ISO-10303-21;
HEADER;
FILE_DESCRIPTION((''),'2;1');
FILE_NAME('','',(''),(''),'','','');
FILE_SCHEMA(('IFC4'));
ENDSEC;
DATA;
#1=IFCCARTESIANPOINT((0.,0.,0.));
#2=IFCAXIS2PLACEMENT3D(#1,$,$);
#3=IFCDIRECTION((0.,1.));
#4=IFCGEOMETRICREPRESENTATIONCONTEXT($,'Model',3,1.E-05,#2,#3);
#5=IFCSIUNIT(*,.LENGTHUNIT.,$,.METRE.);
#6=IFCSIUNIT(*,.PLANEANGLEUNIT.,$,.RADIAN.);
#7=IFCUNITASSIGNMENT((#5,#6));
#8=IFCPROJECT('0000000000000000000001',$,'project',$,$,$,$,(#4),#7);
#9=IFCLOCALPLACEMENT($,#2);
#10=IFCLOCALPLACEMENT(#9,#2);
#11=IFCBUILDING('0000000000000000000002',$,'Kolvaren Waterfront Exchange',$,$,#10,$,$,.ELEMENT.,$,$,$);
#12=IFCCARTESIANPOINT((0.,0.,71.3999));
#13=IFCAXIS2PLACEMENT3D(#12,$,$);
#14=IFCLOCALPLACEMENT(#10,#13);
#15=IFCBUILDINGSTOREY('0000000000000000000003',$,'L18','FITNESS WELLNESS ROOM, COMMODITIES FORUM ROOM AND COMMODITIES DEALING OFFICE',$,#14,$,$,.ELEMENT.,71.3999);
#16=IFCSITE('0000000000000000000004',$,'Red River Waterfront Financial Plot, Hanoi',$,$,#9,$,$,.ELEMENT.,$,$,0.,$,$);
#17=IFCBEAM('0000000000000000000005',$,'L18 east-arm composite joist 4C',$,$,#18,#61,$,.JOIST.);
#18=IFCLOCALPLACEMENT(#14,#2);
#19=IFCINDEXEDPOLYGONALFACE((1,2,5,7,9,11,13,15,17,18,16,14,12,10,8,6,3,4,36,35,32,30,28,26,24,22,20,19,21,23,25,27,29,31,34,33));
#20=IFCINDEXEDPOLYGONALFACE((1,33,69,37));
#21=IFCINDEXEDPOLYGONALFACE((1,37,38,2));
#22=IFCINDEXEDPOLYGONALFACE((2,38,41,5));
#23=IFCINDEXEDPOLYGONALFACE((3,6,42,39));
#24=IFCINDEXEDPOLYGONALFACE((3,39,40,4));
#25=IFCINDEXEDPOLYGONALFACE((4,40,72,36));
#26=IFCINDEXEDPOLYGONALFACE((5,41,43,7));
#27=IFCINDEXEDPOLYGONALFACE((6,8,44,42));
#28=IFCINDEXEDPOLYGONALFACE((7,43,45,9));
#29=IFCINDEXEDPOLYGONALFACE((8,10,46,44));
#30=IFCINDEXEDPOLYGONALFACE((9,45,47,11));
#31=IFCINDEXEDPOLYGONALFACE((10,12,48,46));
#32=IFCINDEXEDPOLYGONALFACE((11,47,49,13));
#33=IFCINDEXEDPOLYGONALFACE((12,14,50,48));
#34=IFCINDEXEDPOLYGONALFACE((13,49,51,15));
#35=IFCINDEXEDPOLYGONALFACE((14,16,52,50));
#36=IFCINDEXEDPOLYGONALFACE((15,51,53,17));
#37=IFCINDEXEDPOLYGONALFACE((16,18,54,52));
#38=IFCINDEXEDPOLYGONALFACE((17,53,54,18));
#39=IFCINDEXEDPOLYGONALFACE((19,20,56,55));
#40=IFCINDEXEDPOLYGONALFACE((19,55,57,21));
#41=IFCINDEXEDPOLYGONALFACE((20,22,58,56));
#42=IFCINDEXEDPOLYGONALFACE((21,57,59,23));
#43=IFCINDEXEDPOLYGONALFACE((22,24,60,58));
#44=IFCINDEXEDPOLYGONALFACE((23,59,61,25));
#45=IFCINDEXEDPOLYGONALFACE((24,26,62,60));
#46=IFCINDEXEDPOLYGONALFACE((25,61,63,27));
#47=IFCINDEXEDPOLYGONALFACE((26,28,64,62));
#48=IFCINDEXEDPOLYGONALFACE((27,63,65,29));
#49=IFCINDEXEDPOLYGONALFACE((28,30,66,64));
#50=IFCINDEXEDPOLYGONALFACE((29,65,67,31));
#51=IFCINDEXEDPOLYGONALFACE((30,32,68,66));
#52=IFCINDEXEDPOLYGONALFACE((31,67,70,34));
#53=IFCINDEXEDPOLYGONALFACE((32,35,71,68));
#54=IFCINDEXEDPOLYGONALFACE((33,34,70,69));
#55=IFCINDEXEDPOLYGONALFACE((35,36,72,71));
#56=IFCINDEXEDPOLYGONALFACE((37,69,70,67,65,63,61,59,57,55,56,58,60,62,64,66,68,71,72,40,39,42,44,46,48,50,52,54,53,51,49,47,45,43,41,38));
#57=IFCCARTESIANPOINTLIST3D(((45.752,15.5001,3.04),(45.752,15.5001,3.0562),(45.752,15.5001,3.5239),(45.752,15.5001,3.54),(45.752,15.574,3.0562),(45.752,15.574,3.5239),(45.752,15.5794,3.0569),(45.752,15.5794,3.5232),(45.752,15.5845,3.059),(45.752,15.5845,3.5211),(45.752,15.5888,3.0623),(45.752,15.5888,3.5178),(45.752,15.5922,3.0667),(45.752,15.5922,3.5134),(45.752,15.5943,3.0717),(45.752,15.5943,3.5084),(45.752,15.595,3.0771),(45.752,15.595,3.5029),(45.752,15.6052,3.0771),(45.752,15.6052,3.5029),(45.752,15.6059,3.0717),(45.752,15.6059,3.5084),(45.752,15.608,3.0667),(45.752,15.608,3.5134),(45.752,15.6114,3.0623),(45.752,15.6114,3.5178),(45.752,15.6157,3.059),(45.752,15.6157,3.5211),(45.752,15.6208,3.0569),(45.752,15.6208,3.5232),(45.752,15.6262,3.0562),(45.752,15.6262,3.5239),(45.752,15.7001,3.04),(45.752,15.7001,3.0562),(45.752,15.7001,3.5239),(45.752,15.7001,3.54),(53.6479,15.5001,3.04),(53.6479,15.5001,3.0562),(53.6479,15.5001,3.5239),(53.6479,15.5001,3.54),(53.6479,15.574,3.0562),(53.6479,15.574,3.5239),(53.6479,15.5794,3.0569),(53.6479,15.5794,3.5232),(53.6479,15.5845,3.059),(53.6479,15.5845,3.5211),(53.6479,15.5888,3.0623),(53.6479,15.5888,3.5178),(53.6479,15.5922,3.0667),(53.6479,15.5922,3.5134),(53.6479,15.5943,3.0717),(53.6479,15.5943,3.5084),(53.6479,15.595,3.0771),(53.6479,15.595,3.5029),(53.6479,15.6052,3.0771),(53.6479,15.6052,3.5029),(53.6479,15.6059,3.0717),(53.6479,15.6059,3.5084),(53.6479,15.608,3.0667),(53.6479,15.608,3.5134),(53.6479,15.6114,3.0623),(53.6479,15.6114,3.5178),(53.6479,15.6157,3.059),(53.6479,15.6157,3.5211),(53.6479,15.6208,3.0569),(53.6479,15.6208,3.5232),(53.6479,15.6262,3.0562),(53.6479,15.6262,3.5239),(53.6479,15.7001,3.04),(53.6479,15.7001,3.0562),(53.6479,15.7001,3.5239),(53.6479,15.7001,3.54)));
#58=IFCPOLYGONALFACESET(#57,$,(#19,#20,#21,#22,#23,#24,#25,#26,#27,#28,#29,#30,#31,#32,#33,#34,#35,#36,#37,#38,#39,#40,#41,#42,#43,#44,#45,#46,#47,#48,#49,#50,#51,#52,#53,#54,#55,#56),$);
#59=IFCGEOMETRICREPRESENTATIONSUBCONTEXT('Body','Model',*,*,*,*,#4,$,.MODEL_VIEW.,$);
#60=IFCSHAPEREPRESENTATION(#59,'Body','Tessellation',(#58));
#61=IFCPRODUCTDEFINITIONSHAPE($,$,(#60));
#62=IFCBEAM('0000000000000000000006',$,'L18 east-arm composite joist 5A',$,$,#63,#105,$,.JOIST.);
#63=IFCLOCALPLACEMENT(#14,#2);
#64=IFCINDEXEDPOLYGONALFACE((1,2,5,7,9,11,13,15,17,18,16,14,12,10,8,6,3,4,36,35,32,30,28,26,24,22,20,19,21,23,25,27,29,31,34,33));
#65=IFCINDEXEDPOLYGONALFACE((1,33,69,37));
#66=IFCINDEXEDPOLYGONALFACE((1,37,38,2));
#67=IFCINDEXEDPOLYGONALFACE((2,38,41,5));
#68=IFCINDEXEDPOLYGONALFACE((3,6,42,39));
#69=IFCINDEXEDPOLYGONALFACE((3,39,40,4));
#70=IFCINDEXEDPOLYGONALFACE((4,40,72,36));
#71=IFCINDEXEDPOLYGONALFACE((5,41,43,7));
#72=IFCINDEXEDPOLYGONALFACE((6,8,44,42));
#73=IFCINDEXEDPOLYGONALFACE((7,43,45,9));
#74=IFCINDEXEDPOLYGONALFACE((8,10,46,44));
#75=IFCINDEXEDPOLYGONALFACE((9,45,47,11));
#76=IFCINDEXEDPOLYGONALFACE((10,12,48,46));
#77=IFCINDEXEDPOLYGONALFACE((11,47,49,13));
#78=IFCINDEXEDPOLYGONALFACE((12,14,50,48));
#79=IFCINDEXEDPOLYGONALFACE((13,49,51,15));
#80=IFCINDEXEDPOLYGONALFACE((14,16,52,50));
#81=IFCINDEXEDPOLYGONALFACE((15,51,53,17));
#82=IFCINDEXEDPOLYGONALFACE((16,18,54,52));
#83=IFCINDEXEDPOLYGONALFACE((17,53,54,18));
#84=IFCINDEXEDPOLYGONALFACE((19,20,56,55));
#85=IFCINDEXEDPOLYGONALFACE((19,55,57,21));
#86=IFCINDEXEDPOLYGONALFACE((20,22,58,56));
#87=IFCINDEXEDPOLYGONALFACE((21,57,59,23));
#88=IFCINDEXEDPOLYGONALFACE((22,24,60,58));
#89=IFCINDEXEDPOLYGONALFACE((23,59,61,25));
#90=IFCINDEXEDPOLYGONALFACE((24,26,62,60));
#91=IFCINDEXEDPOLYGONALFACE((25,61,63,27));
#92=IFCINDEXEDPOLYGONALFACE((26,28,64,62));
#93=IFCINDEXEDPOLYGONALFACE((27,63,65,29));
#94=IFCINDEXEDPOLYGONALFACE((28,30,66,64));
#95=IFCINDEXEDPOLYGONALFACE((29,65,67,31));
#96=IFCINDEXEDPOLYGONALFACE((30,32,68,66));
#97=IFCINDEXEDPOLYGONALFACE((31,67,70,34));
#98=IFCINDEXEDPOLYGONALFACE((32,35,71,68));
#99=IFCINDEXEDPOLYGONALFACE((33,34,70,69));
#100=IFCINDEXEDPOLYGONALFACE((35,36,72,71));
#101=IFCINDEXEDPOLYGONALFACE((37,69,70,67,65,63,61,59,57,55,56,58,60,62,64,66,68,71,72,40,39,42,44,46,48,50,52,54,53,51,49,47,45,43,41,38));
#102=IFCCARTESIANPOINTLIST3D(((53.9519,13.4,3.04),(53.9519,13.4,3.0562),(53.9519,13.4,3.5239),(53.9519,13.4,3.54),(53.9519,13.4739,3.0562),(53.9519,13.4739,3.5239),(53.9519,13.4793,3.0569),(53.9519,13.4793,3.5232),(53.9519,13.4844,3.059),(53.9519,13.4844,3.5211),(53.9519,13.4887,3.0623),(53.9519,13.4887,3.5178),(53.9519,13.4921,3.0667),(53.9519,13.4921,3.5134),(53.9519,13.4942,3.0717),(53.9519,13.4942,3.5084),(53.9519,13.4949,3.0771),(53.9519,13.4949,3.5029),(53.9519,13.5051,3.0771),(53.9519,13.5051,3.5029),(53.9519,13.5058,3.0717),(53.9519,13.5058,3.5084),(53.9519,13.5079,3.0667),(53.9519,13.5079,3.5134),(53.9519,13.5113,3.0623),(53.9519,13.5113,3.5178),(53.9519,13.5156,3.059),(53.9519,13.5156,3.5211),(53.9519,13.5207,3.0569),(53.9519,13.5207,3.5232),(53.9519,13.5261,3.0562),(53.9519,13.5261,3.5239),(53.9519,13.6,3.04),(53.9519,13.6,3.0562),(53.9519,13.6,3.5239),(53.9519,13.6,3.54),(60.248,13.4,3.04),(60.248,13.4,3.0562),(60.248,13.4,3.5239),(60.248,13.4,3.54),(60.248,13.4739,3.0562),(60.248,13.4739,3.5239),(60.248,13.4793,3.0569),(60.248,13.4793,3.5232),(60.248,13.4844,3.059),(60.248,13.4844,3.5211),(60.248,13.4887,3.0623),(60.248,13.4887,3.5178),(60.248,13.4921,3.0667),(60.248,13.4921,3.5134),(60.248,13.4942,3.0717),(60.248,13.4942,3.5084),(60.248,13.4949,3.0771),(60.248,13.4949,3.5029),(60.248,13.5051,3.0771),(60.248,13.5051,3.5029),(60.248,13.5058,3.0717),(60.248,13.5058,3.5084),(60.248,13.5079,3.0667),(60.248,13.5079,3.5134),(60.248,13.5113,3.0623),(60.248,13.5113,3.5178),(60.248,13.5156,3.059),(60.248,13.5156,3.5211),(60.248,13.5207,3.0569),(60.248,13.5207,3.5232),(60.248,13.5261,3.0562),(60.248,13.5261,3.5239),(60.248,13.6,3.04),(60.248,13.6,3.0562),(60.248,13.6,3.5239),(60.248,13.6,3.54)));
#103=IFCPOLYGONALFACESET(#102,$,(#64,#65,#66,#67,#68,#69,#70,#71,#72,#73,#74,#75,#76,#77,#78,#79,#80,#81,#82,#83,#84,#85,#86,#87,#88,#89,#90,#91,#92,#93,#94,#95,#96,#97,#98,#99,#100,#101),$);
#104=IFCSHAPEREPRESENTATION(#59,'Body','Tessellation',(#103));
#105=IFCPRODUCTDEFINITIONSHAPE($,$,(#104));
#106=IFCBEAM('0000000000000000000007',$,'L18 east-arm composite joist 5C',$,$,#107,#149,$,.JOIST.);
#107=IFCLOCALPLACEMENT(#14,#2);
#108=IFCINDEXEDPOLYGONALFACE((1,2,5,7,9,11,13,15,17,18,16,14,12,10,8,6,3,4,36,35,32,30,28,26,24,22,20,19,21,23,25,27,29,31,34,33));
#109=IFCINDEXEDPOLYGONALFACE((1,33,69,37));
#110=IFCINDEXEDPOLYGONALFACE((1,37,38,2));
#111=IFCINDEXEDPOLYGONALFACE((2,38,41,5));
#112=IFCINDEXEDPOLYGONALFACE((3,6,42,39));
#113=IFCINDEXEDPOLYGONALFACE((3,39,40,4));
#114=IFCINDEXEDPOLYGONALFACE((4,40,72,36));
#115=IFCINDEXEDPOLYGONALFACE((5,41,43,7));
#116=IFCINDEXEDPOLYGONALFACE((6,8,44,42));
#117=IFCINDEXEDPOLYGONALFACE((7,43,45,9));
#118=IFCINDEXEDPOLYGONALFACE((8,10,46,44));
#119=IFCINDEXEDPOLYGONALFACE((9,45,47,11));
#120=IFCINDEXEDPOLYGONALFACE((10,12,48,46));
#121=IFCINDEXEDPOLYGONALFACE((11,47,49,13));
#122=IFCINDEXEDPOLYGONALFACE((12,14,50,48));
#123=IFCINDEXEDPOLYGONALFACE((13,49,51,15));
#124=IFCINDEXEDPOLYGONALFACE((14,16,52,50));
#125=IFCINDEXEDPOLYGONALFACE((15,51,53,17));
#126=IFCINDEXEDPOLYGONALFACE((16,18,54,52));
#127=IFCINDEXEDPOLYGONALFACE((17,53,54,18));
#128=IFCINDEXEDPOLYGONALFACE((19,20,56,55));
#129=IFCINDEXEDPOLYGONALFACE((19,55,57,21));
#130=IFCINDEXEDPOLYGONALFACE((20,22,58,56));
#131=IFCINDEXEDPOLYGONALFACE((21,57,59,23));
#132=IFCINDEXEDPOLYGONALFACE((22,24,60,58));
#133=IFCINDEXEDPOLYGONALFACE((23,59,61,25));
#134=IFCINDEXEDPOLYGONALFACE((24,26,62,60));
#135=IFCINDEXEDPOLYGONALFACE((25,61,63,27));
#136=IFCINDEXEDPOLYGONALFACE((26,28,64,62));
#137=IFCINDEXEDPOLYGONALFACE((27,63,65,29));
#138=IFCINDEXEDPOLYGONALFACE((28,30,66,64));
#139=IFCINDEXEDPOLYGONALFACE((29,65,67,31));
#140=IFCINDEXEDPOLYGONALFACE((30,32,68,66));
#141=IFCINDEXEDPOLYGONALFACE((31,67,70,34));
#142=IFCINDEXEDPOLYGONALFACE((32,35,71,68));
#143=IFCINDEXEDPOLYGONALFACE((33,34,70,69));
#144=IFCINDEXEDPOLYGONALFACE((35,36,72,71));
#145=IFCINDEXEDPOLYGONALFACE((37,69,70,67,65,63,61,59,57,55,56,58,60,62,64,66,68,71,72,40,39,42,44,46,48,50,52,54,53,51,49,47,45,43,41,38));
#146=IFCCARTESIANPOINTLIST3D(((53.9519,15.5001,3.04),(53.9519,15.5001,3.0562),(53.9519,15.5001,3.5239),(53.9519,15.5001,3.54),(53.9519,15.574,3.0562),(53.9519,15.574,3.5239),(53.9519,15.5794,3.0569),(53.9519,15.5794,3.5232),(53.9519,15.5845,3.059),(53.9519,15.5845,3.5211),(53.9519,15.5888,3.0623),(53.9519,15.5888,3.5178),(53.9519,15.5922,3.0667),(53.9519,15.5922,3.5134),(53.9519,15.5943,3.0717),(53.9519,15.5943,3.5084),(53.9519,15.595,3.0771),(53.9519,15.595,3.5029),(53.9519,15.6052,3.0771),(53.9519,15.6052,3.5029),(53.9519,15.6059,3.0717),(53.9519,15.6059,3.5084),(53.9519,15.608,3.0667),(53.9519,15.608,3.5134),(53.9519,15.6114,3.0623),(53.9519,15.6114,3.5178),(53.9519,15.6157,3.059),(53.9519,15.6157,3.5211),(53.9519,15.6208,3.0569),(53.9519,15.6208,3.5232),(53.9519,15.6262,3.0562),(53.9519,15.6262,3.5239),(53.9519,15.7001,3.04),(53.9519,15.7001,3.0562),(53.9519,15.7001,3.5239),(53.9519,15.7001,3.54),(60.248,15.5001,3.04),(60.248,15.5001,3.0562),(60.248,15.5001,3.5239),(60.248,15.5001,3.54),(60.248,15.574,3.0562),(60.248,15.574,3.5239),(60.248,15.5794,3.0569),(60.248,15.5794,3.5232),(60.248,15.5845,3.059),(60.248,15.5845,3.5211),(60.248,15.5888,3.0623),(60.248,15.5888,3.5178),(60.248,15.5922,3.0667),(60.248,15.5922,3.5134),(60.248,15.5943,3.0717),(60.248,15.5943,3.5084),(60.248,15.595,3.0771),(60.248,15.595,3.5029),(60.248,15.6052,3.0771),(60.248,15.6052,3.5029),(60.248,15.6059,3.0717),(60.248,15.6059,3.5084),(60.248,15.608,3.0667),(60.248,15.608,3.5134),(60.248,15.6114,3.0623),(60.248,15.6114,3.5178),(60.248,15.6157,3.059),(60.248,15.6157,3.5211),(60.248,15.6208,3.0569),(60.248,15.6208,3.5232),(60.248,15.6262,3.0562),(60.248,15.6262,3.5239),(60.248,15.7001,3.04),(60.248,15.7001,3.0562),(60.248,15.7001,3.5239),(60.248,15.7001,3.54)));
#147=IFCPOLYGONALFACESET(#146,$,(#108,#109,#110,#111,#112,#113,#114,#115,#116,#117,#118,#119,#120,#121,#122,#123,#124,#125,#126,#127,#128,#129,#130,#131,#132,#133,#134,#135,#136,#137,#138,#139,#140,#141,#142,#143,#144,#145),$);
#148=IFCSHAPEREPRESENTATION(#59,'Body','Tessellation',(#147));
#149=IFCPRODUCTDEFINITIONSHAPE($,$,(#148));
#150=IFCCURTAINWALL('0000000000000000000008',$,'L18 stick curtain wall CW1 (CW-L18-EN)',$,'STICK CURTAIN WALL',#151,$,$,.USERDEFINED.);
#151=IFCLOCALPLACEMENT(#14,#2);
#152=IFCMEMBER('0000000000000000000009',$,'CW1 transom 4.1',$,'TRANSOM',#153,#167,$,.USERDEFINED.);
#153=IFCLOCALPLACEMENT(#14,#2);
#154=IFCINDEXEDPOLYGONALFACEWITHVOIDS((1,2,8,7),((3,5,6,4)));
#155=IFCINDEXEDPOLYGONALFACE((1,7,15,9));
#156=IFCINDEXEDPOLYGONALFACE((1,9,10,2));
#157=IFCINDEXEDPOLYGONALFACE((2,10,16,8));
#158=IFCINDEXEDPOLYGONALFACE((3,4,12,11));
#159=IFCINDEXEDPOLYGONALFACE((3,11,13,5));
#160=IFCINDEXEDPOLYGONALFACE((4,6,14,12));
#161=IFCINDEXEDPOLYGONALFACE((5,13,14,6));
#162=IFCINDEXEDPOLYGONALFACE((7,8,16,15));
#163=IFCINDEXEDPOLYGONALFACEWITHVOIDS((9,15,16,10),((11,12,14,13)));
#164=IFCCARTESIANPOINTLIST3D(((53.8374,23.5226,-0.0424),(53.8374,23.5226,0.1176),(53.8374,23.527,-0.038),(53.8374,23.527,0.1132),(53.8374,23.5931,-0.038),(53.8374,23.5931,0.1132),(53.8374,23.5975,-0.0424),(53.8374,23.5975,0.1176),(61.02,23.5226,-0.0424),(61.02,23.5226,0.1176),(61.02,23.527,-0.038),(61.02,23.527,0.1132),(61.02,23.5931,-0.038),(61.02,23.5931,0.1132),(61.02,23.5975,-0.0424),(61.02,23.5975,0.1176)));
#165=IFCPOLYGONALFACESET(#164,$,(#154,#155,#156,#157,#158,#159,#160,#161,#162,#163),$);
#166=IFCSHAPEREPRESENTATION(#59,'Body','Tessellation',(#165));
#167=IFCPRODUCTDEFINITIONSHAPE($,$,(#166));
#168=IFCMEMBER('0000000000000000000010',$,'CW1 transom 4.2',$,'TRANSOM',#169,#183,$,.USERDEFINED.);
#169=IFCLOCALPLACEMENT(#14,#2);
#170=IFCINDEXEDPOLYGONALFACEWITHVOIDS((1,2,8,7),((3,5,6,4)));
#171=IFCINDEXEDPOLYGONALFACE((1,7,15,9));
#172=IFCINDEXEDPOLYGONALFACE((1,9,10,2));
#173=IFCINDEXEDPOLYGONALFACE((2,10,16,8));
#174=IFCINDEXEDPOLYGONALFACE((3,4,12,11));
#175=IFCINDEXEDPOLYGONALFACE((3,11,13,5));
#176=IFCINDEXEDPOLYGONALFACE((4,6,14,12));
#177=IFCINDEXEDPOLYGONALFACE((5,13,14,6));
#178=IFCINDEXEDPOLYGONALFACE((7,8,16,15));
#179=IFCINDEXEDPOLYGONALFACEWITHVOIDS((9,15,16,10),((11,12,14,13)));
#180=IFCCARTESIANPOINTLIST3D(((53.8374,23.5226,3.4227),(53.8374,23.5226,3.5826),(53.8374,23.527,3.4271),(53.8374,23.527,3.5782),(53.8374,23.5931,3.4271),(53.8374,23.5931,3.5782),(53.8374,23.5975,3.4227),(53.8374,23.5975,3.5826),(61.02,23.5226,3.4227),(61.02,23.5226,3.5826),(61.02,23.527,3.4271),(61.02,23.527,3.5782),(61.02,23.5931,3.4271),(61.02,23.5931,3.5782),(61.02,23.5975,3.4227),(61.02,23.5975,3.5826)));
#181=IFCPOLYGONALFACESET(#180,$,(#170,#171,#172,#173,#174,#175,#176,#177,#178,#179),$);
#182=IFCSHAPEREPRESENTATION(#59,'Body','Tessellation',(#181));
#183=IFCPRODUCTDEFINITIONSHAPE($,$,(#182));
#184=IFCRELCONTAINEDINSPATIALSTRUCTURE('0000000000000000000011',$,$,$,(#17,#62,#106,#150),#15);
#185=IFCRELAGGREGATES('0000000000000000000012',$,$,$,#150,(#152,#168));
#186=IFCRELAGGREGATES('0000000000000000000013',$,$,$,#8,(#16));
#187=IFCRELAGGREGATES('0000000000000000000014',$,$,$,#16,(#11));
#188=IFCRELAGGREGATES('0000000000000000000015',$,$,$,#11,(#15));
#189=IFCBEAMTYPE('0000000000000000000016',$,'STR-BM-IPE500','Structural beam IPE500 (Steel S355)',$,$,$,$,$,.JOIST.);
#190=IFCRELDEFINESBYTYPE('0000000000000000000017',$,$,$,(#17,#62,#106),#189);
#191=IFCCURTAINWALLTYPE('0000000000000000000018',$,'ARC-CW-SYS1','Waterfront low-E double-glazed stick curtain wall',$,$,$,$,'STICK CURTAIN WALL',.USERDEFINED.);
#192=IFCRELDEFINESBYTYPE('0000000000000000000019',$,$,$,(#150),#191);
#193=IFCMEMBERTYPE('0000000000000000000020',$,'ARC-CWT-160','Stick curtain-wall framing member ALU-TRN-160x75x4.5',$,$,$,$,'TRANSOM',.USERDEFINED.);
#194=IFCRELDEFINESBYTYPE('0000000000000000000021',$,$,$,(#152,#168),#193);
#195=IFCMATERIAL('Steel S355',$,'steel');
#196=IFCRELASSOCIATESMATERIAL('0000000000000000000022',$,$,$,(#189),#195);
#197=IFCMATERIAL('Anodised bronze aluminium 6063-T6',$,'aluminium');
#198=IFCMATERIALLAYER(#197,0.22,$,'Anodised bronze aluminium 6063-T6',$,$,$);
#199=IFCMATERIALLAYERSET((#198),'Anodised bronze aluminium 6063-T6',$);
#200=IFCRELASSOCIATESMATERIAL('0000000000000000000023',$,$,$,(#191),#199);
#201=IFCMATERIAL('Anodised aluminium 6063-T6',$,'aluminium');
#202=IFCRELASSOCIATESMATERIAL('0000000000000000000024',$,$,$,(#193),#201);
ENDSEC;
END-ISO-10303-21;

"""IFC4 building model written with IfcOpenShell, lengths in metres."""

from ifc_helpers import new_model, si_unit, direction, frame, origin, origin_with_axes, origin_2d, place, context, subcontext, project, spatial, hollow_rectangle, i_section, extrude, source, transform, mapped, material, layer, layer_set, material_profile, profile_set, type_object, element, aggregate, save


model = new_model("IFC4")

# Units and contexts
model_context = context("Model", 3, precision=1e-05, world=origin(), true_north=direction((0.0, 1.0)))
body_context = subcontext(model_context, "Body", "Model", "MODEL_VIEW")
ifc_project = project(units=[si_unit("LENGTHUNIT", "METRE"), si_unit("PLANEANGLEUNIT", "RADIAN")], contexts=[model_context])

# Site, building, storey
site_placement = place(None, origin())
site = spatial("IfcSite", under=ifc_project, at=site_placement, Name="Red River Waterfront Financial Plot, Hanoi", CompositionType="ELEMENT", RefElevation=0.0)
building_placement = place(site_placement, origin())
building = spatial("IfcBuilding", under=site, at=building_placement, Name="Kolvaren Waterfront Exchange", CompositionType="ELEMENT")
storey_placement = place(building_placement, frame((0.0, 0.0, 71.3999)))
storey = spatial("IfcBuildingStorey", under=building, at=storey_placement, Name="L18", Description="FITNESS WELLNESS ROOM, COMMODITIES FORUM ROOM AND COMMODITIES DEALING OFFICE", CompositionType="ELEMENT", Elevation=71.3999)

# Beams
ifc_material_1 = material(Name="Steel S355", Category="steel")
ifc_material_profile_1 = material_profile(ifc_material_1, i_section(OverallWidth=0.2, OverallDepth=0.5, WebThickness=0.0103, FlangeThickness=0.0161, FilletRadius=0.021, at=origin_2d()), Name="IPE500")
ifc_profile_set_1 = profile_set([ifc_material_profile_1], Name="Steel S355")
beam_type_1 = type_object("IfcBeamType", Name="STR-BM-IPE500", Description="Structural beam IPE500 (Steel S355)", PredefinedType="JOIST", material=ifc_profile_set_1)
for number, where, z_axis, x_axis, name in (
    (1, (45.752, 15.6001, 3.29), (1.0, 0.0, 0.0), (0.0, 1.0, 0.0), "L18 east-arm composite joist 4C"),
):
    element("IfcBeam", number, at=place(storey_placement, frame(where, z_axis=z_axis, x_axis=x_axis)), inside=storey, type_object=beam_type_1, Name=name, PredefinedType="JOIST", context=body_context, shape_type="SweptSolid", body=[
        extrude(i_section(OverallWidth=0.2, OverallDepth=0.5, WebThickness=0.0103, FlangeThickness=0.0161, FilletRadius=0.021, at=origin_2d()), origin(), (0.0, 0.0, 1.0), 7.896),
    ])
for number, where, z_axis, x_axis, name in (
    (2, (53.9519, 13.5, 3.29), (1.0, 0.0, 0.0), (0.0, 1.0, 0.0), "L18 east-arm composite joist 5A"),
    (3, (53.9519, 15.6001, 3.29), (1.0, 0.0, 0.0), (0.0, 1.0, 0.0), "L18 east-arm composite joist 5C"),
):
    element("IfcBeam", number, at=place(storey_placement, frame(where, z_axis=z_axis, x_axis=x_axis)), inside=storey, type_object=beam_type_1, Name=name, PredefinedType="JOIST", context=body_context, shape_type="SweptSolid", body=[
        extrude(i_section(OverallWidth=0.2, OverallDepth=0.5, WebThickness=0.0103, FlangeThickness=0.0161, FilletRadius=0.021, at=origin_2d()), origin(), (0.0, 0.0, 1.0), 6.2961),
    ])

# Curtain wall, members
ifc_material_2 = material(Name="Anodised bronze aluminium 6063-T6", Category="aluminium")
ifc_layer_1 = layer(ifc_material_2, 0.22, Name="Anodised bronze aluminium 6063-T6")
ifc_layer_set_1 = layer_set([ifc_layer_1], Name="Anodised bronze aluminium 6063-T6")
curtain_wall_type = type_object("IfcCurtainWallType", Name="ARC-CW-SYS1", Description="Waterfront low-E double-glazed stick curtain wall", ElementType="STICK CURTAIN WALL", PredefinedType="USERDEFINED", material=ifc_layer_set_1)
curtain_wall_placement = place(storey_placement, origin())
curtain_wall = element("IfcCurtainWall", 4, at=curtain_wall_placement, inside=storey, type_object=curtain_wall_type, Name="L18 stick curtain wall CW1 (CW-L18-EN)", ObjectType="STICK CURTAIN WALL", PredefinedType="USERDEFINED")
ifc_material_3 = material(Name="Anodised aluminium 6063-T6", Category="aluminium")
ifc_material_profile_2 = material_profile(ifc_material_3, hollow_rectangle(XDim=0.075, YDim=0.1599, WallThickness=0.0044, at=origin_2d()), Name="ALU-TRN-160x75x4.5")
ifc_profile_set_2 = profile_set([ifc_material_profile_2], Name="Anodised aluminium 6063-T6")
member_type_1 = type_object("IfcMemberType", Name="ARC-CWT-160", Description="Stick curtain-wall framing member ALU-TRN-160x75x4.5", ElementType="TRANSOM", PredefinedType="USERDEFINED", material=ifc_profile_set_2)
shared_shape_1 = source(origin_with_axes(), body_context, "Body", "SweptSolid", [
    extrude(hollow_rectangle(XDim=0.075, YDim=0.1599, WallThickness=0.0044, at=origin_2d()), origin(), (0.0, 0.0, 1.0), 7.1826),
])
member_1_placement = place(storey_placement, frame((53.8374, 23.5601, 0.0376), z_axis=(1.0, 0.0, 0.0), x_axis=(0.0, 1.0, 0.0)))
member_1 = element("IfcMember", 5, at=member_1_placement, type_object=member_type_1, Name="CW1 transom 4.1", ObjectType="TRANSOM", PredefinedType="USERDEFINED", context=body_context, shape_type="MappedRepresentation", body=[
    mapped(shared_shape_1, transform((0.0, 0.0, 0.0), x_axis=(1.0, 0.0, 0.0), y_axis=(0.0, 1.0, 0.0), z_axis=(0.0, 0.0, 1.0), scale=1.0)),
])
member_2_placement = place(storey_placement, frame((53.8374, 23.5601, 3.5027), z_axis=(1.0, 0.0, 0.0), x_axis=(0.0, 1.0, 0.0)))
member_2 = element("IfcMember", 6, at=member_2_placement, type_object=member_type_1, Name="CW1 transom 4.2", ObjectType="TRANSOM", PredefinedType="USERDEFINED", context=body_context, shape_type="MappedRepresentation", body=[
    mapped(shared_shape_1, transform((0.0, 0.0, 0.0), x_axis=(1.0, 0.0, 0.0), y_axis=(0.0, 1.0, 0.0), z_axis=(0.0, 0.0, 1.0), scale=1.0)),
])
aggregate(curtain_wall, [member_1, member_2])

save(model, "model.ifc")
